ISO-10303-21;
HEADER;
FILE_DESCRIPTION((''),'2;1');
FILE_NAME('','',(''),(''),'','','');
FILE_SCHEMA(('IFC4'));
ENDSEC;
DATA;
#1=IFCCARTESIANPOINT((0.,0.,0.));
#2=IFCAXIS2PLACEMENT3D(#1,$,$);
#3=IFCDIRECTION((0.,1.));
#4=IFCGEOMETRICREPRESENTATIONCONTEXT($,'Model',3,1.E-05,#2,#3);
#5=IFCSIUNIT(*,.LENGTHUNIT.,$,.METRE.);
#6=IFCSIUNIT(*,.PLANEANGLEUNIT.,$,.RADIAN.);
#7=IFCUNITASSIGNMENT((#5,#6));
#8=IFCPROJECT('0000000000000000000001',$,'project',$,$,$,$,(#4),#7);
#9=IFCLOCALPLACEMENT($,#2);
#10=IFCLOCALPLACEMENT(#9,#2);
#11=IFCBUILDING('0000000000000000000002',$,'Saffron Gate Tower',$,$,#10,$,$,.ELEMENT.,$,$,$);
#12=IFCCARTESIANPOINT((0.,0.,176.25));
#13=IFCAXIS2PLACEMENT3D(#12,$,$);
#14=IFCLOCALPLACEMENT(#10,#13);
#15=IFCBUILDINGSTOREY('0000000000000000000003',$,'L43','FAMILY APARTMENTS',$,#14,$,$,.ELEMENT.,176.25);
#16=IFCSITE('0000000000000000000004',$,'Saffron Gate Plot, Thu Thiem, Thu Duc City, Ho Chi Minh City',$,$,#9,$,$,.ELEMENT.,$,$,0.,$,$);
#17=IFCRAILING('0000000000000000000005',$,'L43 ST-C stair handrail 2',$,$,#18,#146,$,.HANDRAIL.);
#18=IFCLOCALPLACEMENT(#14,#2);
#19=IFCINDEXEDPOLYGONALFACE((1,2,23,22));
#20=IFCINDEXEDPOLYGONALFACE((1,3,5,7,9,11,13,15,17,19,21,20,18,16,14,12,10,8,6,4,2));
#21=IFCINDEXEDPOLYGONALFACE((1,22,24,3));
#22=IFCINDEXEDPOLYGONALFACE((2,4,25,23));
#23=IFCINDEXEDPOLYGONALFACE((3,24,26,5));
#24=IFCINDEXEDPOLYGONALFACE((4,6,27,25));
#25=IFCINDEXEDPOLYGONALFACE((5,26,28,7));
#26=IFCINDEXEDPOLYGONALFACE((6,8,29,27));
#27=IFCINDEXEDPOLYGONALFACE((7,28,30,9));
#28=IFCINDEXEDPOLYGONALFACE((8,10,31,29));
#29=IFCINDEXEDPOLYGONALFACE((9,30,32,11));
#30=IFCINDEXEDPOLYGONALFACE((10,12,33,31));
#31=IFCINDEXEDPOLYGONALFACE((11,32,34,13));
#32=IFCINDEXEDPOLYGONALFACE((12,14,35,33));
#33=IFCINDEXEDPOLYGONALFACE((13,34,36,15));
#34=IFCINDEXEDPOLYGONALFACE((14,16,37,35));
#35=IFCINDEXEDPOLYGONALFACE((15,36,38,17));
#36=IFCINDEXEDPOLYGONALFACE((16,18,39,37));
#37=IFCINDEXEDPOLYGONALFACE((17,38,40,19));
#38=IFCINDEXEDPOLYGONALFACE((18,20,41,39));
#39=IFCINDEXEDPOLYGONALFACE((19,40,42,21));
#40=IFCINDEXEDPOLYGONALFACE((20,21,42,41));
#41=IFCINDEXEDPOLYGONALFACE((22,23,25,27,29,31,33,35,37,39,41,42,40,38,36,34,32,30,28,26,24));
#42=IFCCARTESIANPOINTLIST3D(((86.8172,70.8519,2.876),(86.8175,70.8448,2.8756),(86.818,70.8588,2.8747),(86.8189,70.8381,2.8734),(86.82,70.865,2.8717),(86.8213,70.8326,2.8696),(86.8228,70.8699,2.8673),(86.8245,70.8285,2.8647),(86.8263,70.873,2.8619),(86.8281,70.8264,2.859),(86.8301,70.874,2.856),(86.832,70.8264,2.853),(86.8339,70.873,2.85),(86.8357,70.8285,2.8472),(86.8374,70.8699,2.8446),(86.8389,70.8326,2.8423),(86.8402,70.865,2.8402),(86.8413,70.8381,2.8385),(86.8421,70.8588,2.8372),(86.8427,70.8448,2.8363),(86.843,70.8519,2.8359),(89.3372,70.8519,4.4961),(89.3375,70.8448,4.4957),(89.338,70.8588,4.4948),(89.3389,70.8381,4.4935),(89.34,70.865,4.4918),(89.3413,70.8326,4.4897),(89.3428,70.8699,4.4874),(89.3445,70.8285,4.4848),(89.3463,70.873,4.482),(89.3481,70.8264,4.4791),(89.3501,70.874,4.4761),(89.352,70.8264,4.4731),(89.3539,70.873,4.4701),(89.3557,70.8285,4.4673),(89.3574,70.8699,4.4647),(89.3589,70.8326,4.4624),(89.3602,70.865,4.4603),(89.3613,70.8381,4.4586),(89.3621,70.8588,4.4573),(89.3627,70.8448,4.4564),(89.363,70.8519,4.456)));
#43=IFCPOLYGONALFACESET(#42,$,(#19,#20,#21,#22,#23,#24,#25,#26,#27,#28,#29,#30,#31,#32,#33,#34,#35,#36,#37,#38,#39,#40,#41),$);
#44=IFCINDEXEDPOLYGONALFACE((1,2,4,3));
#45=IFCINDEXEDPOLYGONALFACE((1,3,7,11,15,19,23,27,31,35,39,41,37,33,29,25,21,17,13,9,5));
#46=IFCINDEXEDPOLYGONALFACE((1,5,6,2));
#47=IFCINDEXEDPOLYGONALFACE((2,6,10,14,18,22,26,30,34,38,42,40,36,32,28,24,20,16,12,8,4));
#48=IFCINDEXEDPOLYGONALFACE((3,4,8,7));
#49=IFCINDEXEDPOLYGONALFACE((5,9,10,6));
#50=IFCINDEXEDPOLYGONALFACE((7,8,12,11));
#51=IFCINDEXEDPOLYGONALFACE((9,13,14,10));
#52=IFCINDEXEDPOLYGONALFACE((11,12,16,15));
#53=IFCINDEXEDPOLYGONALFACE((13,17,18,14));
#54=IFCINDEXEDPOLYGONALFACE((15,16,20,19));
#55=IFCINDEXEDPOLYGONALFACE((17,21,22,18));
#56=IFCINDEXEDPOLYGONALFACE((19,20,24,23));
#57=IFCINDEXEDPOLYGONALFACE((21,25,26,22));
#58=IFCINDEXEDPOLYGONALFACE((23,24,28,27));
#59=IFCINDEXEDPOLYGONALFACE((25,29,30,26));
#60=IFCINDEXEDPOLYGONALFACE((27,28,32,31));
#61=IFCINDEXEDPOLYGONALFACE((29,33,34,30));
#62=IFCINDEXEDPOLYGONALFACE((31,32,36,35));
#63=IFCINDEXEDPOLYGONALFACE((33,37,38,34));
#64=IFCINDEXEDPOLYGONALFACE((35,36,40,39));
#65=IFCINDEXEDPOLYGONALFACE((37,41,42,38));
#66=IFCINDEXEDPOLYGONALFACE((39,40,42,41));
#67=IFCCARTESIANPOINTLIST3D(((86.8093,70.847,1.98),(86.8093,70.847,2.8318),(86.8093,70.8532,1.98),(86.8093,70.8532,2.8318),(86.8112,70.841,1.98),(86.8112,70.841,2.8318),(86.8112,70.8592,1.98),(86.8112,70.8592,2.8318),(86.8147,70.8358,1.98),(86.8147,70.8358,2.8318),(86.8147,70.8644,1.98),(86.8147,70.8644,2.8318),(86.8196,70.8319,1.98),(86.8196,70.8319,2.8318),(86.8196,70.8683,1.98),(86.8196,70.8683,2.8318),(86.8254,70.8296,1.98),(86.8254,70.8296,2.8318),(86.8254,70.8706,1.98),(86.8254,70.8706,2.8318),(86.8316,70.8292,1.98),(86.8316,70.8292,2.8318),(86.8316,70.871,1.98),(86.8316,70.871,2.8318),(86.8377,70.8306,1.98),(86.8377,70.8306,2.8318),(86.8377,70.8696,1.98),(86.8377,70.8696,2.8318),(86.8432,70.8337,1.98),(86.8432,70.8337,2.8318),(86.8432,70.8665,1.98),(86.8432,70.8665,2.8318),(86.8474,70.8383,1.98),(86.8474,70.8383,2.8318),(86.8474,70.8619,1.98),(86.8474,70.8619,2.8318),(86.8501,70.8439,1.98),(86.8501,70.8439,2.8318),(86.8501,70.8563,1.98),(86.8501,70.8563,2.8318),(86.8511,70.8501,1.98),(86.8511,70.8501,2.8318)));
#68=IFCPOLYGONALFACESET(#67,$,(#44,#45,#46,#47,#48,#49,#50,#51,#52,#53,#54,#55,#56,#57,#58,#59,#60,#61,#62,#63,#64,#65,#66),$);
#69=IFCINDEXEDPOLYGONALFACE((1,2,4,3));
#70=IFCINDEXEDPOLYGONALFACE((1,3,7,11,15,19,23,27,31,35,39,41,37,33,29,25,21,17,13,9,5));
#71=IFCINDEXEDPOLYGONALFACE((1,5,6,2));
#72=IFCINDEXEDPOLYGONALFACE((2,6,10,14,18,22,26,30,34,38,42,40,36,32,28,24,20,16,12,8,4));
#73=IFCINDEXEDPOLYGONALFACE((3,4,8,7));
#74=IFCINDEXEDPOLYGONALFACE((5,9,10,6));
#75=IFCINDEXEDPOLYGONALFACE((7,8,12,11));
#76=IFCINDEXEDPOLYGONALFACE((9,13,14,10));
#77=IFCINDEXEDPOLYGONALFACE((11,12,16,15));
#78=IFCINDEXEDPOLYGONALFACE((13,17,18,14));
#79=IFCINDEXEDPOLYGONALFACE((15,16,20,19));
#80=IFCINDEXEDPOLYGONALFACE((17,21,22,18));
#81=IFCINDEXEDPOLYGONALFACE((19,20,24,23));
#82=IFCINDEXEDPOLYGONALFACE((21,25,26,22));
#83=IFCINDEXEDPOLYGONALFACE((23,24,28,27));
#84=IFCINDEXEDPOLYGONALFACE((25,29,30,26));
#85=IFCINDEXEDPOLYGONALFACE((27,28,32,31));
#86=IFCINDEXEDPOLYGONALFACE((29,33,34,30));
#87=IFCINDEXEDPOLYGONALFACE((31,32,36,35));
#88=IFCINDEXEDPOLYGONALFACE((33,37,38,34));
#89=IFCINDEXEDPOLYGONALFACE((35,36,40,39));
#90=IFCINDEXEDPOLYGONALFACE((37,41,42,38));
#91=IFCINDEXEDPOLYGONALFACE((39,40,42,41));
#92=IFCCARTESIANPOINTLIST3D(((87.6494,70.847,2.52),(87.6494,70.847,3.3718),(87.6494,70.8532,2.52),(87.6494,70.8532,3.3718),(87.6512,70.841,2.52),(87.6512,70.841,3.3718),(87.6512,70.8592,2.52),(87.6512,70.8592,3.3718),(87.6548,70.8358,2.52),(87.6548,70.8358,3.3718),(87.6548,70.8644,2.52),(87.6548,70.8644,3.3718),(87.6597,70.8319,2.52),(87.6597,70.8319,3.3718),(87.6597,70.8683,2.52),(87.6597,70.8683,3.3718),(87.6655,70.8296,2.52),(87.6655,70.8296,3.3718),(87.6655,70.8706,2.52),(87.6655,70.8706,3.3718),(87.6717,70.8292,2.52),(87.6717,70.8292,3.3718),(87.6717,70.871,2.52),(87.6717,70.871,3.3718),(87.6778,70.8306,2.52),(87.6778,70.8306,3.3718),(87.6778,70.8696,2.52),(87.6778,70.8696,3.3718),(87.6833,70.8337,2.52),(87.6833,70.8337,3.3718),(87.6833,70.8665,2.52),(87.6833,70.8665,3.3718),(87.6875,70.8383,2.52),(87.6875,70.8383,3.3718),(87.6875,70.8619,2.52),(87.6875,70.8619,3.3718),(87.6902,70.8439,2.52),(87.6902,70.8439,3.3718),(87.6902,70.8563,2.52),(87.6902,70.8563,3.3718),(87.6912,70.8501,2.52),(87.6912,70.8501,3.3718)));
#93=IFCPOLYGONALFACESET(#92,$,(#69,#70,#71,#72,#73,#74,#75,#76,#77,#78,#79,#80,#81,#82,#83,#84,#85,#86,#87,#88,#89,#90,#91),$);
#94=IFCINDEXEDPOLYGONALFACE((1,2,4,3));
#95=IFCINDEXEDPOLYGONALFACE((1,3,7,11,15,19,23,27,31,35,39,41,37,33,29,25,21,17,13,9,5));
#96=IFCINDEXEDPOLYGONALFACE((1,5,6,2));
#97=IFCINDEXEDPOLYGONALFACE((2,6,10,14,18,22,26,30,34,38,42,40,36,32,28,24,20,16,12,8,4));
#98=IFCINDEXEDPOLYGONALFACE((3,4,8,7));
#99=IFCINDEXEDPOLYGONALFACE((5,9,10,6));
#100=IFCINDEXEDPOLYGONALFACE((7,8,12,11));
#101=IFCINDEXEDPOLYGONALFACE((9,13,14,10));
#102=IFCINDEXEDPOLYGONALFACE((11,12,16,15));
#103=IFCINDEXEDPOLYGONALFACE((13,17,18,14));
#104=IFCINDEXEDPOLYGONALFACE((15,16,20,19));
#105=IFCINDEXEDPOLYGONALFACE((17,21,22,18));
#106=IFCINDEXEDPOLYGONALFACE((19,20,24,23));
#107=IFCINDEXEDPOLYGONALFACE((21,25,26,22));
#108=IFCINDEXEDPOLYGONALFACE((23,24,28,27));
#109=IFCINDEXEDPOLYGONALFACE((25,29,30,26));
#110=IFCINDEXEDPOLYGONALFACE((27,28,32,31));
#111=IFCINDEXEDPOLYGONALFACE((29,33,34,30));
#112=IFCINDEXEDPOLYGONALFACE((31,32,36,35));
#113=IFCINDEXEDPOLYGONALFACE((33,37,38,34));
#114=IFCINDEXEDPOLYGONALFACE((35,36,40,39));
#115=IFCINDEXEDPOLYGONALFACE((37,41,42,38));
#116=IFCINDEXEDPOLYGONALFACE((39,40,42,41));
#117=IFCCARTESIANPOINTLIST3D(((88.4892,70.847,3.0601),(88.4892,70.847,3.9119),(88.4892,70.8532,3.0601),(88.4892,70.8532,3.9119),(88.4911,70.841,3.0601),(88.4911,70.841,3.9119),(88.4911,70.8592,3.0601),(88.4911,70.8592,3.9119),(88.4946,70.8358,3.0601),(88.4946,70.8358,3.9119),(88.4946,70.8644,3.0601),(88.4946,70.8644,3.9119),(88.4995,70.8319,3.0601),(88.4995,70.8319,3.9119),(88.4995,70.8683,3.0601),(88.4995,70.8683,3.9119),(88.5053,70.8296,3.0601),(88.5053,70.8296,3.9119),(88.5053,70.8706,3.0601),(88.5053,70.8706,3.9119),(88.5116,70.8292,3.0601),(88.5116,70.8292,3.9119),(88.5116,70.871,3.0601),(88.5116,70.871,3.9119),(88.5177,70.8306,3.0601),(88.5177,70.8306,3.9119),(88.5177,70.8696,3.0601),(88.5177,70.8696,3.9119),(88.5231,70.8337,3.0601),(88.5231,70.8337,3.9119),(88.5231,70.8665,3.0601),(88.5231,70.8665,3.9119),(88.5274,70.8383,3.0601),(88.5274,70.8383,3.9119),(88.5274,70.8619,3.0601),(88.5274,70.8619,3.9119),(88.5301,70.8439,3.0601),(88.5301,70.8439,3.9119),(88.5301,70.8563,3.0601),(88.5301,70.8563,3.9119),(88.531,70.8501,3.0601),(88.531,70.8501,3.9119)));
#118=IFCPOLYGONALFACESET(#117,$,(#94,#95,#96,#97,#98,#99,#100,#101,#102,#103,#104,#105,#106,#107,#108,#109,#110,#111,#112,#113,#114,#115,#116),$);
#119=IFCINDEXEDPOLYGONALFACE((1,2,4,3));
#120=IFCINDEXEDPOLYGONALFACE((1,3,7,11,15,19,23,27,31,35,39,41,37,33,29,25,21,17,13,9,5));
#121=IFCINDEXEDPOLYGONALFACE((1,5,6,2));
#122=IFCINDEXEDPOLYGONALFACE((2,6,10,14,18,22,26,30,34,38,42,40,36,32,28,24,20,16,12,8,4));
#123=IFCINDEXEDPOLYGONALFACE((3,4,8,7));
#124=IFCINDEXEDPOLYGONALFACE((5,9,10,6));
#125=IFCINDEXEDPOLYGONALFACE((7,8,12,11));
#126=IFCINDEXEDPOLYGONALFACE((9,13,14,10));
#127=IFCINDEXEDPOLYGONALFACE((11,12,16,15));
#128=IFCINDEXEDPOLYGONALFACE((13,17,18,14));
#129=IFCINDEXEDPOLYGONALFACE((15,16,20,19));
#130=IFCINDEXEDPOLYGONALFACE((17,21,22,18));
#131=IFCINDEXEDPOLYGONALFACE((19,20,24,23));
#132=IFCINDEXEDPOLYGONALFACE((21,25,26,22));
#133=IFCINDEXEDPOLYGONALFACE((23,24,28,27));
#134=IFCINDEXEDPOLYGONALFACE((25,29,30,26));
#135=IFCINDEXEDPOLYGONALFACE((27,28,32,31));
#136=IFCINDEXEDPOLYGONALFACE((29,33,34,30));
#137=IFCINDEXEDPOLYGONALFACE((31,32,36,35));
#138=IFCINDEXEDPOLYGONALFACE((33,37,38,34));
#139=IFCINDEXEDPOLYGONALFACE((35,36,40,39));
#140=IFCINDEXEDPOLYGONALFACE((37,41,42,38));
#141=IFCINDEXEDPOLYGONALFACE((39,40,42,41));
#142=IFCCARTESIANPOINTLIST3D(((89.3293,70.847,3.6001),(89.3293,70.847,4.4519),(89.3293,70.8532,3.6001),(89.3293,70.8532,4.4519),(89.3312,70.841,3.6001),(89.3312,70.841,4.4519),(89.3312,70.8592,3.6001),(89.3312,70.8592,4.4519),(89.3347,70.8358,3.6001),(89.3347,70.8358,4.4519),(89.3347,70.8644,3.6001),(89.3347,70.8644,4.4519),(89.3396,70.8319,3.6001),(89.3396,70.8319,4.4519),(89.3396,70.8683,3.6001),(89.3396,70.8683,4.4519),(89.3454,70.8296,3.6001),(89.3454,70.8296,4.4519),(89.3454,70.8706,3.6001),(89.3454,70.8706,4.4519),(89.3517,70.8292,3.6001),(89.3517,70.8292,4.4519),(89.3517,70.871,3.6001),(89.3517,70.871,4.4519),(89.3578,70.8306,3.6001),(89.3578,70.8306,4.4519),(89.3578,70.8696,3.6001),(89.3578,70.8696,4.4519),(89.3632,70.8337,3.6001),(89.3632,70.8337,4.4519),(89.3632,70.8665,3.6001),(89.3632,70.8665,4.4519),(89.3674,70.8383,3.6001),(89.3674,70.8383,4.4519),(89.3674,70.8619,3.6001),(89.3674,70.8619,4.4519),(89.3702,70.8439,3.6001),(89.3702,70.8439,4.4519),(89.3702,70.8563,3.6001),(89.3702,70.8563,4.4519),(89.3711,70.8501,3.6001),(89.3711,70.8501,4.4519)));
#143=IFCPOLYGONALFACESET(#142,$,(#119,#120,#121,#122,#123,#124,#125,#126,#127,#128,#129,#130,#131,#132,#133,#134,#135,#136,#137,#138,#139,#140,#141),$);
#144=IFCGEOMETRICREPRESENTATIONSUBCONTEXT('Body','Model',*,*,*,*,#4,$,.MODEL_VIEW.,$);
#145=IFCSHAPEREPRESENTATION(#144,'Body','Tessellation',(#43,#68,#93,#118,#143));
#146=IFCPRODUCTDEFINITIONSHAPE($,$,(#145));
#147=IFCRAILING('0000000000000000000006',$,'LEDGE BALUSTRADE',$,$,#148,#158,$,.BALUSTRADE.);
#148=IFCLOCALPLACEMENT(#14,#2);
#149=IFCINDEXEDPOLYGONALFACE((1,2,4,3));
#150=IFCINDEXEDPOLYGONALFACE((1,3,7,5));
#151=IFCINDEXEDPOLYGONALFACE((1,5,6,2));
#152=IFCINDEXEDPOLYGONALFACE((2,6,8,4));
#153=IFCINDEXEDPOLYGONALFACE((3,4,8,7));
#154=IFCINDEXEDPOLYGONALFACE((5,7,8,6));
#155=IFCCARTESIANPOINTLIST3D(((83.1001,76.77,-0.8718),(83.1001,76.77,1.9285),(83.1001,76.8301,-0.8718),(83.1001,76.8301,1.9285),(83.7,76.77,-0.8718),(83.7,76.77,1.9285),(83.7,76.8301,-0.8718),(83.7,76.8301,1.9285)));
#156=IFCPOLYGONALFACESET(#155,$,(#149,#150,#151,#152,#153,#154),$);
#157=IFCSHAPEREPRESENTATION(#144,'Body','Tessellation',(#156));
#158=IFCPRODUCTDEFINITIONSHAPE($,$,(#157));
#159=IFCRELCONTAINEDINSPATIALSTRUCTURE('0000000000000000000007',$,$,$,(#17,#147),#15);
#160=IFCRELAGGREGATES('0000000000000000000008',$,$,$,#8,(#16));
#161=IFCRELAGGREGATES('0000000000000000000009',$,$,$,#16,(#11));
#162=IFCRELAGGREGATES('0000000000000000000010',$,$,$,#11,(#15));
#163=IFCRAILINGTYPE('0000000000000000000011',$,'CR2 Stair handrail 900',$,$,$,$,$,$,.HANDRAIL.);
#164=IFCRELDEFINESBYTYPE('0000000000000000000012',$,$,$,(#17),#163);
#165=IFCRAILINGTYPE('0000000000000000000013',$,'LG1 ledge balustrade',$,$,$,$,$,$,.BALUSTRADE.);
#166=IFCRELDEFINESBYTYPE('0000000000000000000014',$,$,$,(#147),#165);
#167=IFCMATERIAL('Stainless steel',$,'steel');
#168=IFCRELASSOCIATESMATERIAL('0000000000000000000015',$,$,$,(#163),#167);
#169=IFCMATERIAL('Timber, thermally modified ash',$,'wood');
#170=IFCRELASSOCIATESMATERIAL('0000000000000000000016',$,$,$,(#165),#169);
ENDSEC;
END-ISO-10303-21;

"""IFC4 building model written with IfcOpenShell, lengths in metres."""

from ifc_helpers import new_model, si_unit, direction, frame, origin, origin_2d, place, context, subcontext, project, spatial, rectangle, circle, extrude, material, type_object, element, save


model = new_model("IFC4")

# Units and contexts
model_context = context("Model", 3, precision=1e-05, world=origin(), true_north=direction((0.0, 1.0)))
body_context = subcontext(model_context, "Body", "Model", "MODEL_VIEW")
ifc_project = project(units=[si_unit("LENGTHUNIT", "METRE"), si_unit("PLANEANGLEUNIT", "RADIAN")], contexts=[model_context])

# Site, building, storey
site_placement = place(None, origin())
site = spatial("IfcSite", under=ifc_project, at=site_placement, Name="Saffron Gate Plot, Thu Thiem, Thu Duc City, Ho Chi Minh City", CompositionType="ELEMENT", RefElevation=0.0)
building_placement = place(site_placement, origin())
building = spatial("IfcBuilding", under=site, at=building_placement, Name="Saffron Gate Tower", CompositionType="ELEMENT")
storey_placement = place(building_placement, frame((0.0, 0.0, 176.25)))
storey = spatial("IfcBuildingStorey", under=building, at=storey_placement, Name="L43", Description="FAMILY APARTMENTS", CompositionType="ELEMENT", Elevation=176.25)

# Railings
ifc_material_1 = material(Name="Stainless steel", Category="steel")
railing_type_1 = type_object("IfcRailingType", Name="CR2 Stair handrail 900", PredefinedType="HANDRAIL", material=ifc_material_1)
railing_1_placement = place(storey_placement, frame((86.8301, 70.8501, 1.98)))
element("IfcRailing", 1, at=railing_1_placement, inside=storey, type_object=railing_type_1, Name="L43 ST-C stair handrail 2", PredefinedType="HANDRAIL", context=body_context, shape_type="SweptSolid", body=[
    extrude(circle(Radius=0.0239, at=origin_2d()), frame((0.0, 0.0, 0.876), z_axis=(0.841163, 0.0, 0.540782), x_axis=(0.0, 1.0, 0.0)), (0.0, 0.0, 1.0), 2.9958),
    extrude(circle(Radius=0.021, at=origin_2d()), origin(), (0.0, 0.0, 1.0), 0.8518),
    extrude(circle(Radius=0.021, at=origin_2d()), frame((0.8401, 0.0, 0.54)), (0.0, 0.0, 1.0), 0.8518),
    extrude(circle(Radius=0.021, at=origin_2d()), frame((1.6799, 0.0, 1.0801)), (0.0, 0.0, 1.0), 0.8518),
    extrude(circle(Radius=0.021, at=origin_2d()), frame((2.52, 0.0, 1.6201)), (0.0, 0.0, 1.0), 0.8518),
])
ifc_material_2 = material(Name="Timber, thermally modified ash", Category="wood")
railing_type_2 = type_object("IfcRailingType", Name="LG1 ledge balustrade", PredefinedType="BALUSTRADE", material=ifc_material_2)
railing_2_placement = place(storey_placement, frame((83.7, 76.8, -0.8718)))
element("IfcRailing", 2, at=railing_2_placement, inside=storey, type_object=railing_type_2, Name="LEDGE BALUSTRADE", PredefinedType="BALUSTRADE", context=body_context, shape_type="SweptSolid", body=[
    extrude(rectangle(XDim=0.0601, YDim=2.8003, at=origin_2d()), frame((0.0, 0.0, 1.4001), z_axis=(-1.0, 0.0, 0.0), x_axis=(0.0, -1.0, 0.0)), (0.0, 0.0, 1.0), 0.5999),
])

save(model, "model.ifc")
